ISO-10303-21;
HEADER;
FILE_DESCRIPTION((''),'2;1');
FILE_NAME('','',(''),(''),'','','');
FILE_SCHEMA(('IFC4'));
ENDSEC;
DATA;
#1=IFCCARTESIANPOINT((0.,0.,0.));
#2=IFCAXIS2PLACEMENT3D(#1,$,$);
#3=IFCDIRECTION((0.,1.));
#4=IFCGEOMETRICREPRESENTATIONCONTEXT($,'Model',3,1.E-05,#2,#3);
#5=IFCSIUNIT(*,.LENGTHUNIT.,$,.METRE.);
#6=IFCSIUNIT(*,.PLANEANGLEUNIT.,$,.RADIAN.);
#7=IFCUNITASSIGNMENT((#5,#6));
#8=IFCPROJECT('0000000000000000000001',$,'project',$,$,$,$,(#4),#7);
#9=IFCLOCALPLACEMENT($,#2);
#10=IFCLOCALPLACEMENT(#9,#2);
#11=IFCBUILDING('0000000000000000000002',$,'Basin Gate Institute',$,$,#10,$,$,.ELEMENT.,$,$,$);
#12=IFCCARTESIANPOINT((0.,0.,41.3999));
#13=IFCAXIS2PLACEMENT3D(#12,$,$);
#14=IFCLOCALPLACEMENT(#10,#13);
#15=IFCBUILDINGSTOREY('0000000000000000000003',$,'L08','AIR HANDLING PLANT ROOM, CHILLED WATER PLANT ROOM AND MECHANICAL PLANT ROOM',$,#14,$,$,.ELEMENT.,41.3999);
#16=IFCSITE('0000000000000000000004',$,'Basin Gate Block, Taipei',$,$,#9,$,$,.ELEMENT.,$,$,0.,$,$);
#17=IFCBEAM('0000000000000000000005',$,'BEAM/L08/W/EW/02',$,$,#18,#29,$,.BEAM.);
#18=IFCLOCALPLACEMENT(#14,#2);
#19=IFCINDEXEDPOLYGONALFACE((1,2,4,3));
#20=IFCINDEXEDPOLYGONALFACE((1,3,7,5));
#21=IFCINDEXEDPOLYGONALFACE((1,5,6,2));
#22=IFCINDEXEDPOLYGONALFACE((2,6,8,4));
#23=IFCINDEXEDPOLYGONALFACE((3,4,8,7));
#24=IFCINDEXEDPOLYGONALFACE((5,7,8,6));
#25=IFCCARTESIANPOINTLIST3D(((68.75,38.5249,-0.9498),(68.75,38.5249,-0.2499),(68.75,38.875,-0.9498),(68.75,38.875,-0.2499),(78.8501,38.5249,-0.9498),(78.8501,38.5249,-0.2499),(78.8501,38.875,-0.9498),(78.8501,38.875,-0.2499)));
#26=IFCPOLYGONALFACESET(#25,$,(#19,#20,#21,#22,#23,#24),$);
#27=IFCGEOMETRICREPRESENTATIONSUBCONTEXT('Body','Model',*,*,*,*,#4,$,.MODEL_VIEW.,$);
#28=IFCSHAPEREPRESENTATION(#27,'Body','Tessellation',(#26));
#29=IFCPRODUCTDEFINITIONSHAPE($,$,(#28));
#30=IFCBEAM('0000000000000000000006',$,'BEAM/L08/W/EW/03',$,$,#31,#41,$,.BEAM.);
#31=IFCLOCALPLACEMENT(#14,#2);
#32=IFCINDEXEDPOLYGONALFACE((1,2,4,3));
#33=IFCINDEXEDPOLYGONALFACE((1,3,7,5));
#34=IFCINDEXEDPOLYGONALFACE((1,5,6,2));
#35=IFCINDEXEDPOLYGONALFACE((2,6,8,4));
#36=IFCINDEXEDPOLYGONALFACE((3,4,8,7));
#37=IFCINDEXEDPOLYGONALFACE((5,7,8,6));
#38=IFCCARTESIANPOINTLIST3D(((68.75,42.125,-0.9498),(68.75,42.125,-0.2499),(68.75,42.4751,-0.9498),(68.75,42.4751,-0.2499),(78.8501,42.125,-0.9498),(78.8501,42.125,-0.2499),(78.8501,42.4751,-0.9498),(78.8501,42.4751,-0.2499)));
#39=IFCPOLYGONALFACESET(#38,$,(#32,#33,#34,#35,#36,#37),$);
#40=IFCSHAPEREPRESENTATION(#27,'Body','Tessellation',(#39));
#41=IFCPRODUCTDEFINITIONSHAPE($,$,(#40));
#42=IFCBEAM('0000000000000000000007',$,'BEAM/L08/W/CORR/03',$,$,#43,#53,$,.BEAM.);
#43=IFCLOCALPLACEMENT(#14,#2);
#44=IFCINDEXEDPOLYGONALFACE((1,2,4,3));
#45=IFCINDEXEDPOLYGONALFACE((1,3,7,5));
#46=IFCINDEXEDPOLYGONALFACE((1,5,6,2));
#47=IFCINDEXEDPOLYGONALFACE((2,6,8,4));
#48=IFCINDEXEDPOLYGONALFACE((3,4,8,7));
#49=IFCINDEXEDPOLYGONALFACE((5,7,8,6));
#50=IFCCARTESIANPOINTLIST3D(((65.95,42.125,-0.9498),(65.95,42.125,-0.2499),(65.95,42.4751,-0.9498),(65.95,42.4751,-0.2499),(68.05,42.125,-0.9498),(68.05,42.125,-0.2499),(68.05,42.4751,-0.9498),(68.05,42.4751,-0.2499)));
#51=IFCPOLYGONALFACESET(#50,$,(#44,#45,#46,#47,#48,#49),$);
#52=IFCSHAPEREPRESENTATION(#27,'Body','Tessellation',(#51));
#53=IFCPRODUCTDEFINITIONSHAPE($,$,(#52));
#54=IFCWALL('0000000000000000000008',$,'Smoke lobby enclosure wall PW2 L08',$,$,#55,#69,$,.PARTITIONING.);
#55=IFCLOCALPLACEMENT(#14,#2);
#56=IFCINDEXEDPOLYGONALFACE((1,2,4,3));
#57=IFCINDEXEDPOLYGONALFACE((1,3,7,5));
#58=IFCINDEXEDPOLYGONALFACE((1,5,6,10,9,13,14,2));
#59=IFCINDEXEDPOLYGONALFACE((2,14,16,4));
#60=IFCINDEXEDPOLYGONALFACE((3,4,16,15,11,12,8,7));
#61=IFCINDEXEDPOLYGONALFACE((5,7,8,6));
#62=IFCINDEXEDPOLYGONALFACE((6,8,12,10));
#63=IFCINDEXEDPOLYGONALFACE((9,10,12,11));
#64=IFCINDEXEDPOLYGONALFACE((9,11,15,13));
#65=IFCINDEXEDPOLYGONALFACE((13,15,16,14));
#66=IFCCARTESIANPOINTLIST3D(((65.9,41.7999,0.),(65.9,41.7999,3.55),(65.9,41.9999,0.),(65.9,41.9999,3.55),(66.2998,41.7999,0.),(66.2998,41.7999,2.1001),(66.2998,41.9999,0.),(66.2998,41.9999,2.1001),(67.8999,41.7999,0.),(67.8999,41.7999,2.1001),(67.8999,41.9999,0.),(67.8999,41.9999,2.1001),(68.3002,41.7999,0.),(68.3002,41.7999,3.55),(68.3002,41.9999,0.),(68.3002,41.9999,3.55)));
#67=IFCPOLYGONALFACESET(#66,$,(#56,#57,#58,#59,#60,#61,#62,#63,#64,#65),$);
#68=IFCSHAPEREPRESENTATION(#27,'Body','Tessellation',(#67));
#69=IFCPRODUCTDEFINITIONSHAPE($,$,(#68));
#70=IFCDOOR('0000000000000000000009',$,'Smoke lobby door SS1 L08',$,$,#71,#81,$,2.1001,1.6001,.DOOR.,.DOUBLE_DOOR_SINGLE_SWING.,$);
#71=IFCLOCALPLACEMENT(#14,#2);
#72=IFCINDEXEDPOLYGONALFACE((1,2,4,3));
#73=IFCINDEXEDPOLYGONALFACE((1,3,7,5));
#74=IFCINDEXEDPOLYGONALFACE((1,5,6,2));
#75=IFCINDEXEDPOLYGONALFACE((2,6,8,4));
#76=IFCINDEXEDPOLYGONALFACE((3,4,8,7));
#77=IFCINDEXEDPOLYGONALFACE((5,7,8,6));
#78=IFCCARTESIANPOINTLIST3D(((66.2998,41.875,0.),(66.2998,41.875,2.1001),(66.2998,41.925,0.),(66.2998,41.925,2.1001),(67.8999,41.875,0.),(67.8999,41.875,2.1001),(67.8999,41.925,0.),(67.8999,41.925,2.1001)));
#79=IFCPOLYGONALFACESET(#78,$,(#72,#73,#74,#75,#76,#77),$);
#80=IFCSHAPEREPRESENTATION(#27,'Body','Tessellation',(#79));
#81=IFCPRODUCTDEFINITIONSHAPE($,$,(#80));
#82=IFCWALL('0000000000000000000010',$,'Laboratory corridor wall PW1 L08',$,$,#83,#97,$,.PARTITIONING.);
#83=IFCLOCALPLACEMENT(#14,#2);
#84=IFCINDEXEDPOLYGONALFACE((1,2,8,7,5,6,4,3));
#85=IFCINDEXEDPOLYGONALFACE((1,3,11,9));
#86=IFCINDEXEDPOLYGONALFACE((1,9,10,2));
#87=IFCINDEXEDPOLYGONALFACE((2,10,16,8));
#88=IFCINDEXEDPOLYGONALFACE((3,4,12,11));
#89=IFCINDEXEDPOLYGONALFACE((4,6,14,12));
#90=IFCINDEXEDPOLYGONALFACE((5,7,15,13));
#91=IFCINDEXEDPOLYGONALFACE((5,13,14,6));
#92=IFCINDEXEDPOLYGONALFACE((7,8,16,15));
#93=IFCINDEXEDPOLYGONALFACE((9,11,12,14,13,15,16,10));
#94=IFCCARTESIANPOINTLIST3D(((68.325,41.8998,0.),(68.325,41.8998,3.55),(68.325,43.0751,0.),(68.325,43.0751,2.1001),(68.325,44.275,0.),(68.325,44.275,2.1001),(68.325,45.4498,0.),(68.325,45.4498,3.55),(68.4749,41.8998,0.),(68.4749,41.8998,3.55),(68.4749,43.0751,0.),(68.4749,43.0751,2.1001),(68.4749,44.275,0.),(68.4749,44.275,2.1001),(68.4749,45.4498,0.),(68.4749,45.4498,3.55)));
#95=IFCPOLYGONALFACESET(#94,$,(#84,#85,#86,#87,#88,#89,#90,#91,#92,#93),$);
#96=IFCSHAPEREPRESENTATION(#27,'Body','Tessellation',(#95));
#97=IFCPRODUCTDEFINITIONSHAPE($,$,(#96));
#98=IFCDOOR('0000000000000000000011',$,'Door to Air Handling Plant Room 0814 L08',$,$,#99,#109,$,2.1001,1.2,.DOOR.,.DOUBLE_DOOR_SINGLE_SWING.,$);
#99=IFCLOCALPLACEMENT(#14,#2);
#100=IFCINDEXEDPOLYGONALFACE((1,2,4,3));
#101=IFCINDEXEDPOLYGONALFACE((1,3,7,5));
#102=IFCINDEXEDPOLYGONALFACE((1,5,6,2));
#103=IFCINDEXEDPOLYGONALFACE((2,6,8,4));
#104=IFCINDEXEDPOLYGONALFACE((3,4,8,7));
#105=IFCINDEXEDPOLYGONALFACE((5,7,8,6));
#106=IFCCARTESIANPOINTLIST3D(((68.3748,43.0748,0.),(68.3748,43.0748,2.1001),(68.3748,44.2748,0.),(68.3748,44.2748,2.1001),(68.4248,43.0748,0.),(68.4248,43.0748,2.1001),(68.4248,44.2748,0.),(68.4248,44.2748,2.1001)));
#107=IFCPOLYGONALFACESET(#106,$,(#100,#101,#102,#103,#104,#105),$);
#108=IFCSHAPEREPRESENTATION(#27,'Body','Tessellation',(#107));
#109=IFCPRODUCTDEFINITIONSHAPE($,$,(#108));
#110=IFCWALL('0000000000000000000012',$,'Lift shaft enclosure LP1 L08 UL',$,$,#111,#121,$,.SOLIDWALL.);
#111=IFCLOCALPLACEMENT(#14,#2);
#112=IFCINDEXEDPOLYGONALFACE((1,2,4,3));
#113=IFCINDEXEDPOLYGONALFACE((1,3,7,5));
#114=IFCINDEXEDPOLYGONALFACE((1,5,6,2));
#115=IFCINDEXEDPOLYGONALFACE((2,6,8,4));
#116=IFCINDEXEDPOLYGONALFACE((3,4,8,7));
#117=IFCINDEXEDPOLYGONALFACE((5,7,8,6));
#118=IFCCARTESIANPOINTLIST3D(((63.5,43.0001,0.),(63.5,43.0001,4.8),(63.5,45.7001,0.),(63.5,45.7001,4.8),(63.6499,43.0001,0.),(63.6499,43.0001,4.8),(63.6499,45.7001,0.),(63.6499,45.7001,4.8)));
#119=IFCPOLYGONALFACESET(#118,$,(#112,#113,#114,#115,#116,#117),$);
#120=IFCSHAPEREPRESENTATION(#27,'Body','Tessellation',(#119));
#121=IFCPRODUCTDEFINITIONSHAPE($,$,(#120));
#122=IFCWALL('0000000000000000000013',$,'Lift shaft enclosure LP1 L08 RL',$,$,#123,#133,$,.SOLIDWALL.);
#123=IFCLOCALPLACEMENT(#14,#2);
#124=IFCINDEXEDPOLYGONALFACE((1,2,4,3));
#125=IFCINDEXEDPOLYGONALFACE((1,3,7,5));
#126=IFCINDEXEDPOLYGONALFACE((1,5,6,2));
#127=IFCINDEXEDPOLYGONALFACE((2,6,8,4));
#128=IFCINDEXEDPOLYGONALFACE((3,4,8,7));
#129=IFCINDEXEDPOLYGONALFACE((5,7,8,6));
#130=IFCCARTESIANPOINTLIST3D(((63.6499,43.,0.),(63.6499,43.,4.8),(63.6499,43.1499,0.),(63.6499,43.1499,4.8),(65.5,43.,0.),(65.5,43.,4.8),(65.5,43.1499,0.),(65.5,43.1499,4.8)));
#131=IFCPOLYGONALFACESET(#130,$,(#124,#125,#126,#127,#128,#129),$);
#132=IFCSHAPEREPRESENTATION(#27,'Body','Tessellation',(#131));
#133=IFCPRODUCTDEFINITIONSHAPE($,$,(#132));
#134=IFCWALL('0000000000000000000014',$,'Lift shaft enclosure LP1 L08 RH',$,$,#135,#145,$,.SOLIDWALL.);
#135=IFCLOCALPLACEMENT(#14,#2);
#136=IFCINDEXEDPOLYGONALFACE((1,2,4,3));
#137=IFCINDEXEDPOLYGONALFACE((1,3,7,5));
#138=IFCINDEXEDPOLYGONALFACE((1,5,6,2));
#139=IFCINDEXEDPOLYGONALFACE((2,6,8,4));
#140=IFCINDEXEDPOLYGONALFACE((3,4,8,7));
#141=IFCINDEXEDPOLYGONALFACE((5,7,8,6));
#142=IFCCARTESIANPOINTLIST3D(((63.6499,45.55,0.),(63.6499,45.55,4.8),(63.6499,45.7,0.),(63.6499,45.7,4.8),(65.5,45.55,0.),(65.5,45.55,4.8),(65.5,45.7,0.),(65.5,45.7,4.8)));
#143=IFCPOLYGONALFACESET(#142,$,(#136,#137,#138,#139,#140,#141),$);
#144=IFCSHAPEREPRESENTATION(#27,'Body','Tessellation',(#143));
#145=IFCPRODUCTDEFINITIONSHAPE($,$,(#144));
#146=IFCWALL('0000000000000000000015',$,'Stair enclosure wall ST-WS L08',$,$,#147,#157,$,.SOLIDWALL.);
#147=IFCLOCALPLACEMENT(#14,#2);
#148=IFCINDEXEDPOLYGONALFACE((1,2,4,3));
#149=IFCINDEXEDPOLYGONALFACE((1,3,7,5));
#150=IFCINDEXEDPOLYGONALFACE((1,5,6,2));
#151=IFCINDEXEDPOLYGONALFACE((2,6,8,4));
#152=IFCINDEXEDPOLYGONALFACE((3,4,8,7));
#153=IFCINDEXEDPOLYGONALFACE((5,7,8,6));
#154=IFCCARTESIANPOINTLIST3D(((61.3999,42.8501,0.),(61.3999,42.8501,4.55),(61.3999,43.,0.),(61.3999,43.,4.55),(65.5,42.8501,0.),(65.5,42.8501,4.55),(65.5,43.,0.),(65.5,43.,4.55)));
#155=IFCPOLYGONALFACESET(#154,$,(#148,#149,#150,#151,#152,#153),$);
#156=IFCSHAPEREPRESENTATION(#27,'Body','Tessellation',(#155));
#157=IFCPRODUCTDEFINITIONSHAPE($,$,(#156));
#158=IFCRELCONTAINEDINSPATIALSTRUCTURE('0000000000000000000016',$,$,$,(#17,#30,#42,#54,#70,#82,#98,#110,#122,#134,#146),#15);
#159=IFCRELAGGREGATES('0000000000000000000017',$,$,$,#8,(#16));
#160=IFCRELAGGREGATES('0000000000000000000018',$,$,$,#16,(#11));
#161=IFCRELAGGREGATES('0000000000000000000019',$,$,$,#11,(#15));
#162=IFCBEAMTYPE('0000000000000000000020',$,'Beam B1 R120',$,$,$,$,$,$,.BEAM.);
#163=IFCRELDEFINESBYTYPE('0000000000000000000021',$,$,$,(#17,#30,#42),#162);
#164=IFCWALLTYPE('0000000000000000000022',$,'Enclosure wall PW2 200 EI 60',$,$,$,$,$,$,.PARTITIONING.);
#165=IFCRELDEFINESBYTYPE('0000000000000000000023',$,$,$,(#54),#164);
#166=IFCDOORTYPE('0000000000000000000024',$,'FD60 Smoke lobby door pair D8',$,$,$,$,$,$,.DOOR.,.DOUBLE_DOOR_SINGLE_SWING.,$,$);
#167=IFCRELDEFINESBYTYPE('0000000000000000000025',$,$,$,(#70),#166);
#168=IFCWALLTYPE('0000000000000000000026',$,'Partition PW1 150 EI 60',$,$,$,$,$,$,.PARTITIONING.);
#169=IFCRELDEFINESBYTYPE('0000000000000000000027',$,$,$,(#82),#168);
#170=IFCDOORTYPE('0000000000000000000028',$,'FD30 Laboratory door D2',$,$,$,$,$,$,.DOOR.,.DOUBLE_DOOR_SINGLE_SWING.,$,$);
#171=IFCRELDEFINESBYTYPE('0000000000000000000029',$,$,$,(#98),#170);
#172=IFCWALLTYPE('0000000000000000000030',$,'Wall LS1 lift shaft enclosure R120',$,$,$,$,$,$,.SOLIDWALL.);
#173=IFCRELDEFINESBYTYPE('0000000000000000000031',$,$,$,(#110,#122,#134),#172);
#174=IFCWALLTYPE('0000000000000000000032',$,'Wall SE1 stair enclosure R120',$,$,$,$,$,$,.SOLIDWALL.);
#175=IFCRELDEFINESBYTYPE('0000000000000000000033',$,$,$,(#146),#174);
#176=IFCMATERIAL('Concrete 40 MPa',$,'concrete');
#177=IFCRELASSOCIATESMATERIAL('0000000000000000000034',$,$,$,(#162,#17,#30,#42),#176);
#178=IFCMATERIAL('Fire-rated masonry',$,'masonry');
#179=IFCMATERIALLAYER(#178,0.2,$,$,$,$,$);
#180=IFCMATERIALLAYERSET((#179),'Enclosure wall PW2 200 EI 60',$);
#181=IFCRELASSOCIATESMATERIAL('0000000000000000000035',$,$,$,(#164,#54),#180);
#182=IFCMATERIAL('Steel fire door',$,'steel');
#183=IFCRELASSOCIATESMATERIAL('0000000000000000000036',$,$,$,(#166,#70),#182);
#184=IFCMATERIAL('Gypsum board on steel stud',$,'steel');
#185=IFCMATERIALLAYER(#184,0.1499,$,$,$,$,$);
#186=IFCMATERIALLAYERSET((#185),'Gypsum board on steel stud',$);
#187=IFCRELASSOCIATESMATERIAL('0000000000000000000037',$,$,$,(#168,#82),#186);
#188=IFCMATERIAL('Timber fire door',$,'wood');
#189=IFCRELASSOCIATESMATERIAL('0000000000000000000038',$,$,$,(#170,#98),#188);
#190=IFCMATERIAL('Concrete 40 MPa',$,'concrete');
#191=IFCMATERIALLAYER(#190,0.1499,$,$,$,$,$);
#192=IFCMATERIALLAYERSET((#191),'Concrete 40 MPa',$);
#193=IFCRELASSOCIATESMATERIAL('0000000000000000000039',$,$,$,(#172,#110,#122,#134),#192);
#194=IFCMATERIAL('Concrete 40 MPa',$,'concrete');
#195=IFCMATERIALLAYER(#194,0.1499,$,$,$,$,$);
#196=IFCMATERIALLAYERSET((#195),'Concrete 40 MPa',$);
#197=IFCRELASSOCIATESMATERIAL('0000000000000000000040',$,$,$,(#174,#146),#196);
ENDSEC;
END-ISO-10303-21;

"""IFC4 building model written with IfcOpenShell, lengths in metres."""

from ifc_helpers import new_model, si_unit, direction, frame, frame_2d, origin, origin_2d, place, context, subcontext, project, spatial, rectangle, extrude, material, layer, layer_set, material_profile, profile_set, type_object, element, fill, save


model = new_model("IFC4")

# Units and contexts
model_context = context("Model", 3, precision=1e-05, world=origin(), true_north=direction((0.0, 1.0)))
body_context = subcontext(model_context, "Body", "Model", "MODEL_VIEW")
ifc_project = project(units=[si_unit("LENGTHUNIT", "METRE"), si_unit("PLANEANGLEUNIT", "RADIAN")], contexts=[model_context])

# Site, building, storey
site_placement = place(None, origin())
site = spatial("IfcSite", under=ifc_project, at=site_placement, Name="Basin Gate Block, Taipei", CompositionType="ELEMENT", RefElevation=0.0)
building_placement = place(site_placement, origin())
building = spatial("IfcBuilding", under=site, at=building_placement, Name="Basin Gate Institute", CompositionType="ELEMENT")
storey_placement = place(building_placement, frame((0.0, 0.0, 41.3999)))
storey = spatial("IfcBuildingStorey", under=building, at=storey_placement, Name="L08", Description="AIR HANDLING PLANT ROOM, CHILLED WATER PLANT ROOM AND MECHANICAL PLANT ROOM", CompositionType="ELEMENT", Elevation=41.3999)

# Beams
ifc_material_1 = material(Name="Concrete 40 MPa", Category="concrete")
ifc_material_profile = material_profile(ifc_material_1, rectangle(XDim=0.3501, YDim=0.7, at=origin_2d()), Name="Beam B1 350 x 700")
ifc_profile_set = profile_set([ifc_material_profile], Name="Concrete 40 MPa")
beam_type = type_object("IfcBeamType", Name="Beam B1 R120", PredefinedType="BEAM", material=ifc_profile_set)
for number, where, z_axis, x_axis, name in (
    (1, (68.75, 38.7, -0.5999), (1.0, 0.0, 0.0), (0.0, 1.0, 0.0), "BEAM/L08/W/EW/02"),
    (2, (68.75, 42.3, -0.5999), (1.0, 0.0, 0.0), (0.0, 1.0, 0.0), "BEAM/L08/W/EW/03"),
):
    element("IfcBeam", number, at=place(storey_placement, frame(where, z_axis=z_axis, x_axis=x_axis)), inside=storey, type_object=beam_type, material=ifc_profile_set, Name=name, PredefinedType="BEAM", context=body_context, shape_type="SweptSolid", body=[
        extrude(rectangle(XDim=0.3501, YDim=0.7, at=origin_2d()), origin(), (0.0, 0.0, 1.0), 10.1001),
    ])
beam_placement = place(storey_placement, frame((65.95, 42.3, -0.5999), z_axis=(1.0, 0.0, 0.0), x_axis=(0.0, 1.0, 0.0)))
element("IfcBeam", 3, at=beam_placement, inside=storey, type_object=beam_type, material=ifc_profile_set, Name="BEAM/L08/W/CORR/03", PredefinedType="BEAM", context=body_context, shape_type="SweptSolid", body=[
    extrude(rectangle(XDim=0.3501, YDim=0.7, at=origin_2d()), origin(), (0.0, 0.0, 1.0), 2.1001),
])

# Walls, openings, doors
ifc_material_2 = material(Name="Fire-rated masonry", Category="masonry")
ifc_layer_1 = layer(ifc_material_2, 0.2)
ifc_layer_set_1 = layer_set([ifc_layer_1], Name="Enclosure wall PW2 200 EI 60")
wall_type_1 = type_object("IfcWallType", Name="Enclosure wall PW2 200 EI 60", PredefinedType="PARTITIONING", material=ifc_layer_set_1)
wall_1_placement = place(storey_placement, frame((65.8999, 41.8999, 0.0), z_axis=(0.0, 0.0, 1.0), x_axis=(1.0, 0.0, 0.0)))
wall_1 = element("IfcWall", 4, at=wall_1_placement, inside=storey, type_object=wall_type_1, material=ifc_layer_set_1, Name="Smoke lobby enclosure wall PW2 L08", PredefinedType="PARTITIONING", context=body_context, shape_type="SweptSolid", body=[
    extrude(rectangle(XDim=2.4001, YDim=0.2, at=frame_2d((1.2002, 0.0))), origin(), (0.0, 0.0, 1.0), 3.55),
])
opening_1_placement = place(wall_1_placement, frame((0.3999, 0.0, 0.0)))
opening_1 = element("IfcOpeningElement", 5, at=opening_1_placement, cuts=wall_1, PredefinedType="OPENING", context=body_context, shape_type="SweptSolid", body=[
    extrude(rectangle(XDim=1.6001, YDim=2.1001, at=frame_2d((0.8, 1.05))), frame((0.0, 0.1099, 0.0), z_axis=(0.0, -1.0, 0.0), x_axis=(1.0, 0.0, 0.0)), (0.0, 0.0, 1.0), 0.22),
])
ifc_material_3 = material(Name="Steel fire door", Category="steel")
door_type_1 = type_object("IfcDoorType", Name="FD60 Smoke lobby door pair D8", OperationType="DOUBLE_DOOR_SINGLE_SWING", PredefinedType="DOOR", material=ifc_material_3)
door_1_placement = place(opening_1_placement, frame((1.6001, 0.0, 0.0), z_axis=(0.0, 0.0, 1.0), x_axis=(-1.0, 0.0, 0.0)))
door_1 = element("IfcDoor", 6, at=door_1_placement, inside=storey, type_object=door_type_1, material=ifc_material_3, Name="Smoke lobby door SS1 L08", OperationType="DOUBLE_DOOR_SINGLE_SWING", OverallHeight=2.1001, OverallWidth=1.6001, PredefinedType="DOOR", context=body_context, shape_type="SweptSolid", body=[
    extrude(rectangle(XDim=1.6001, YDim=2.1001, at=frame_2d((0.8, 1.05))), frame((0.0, 0.0249, 0.0), z_axis=(0.0, -1.0, 0.0), x_axis=(1.0, 0.0, 0.0)), (0.0, 0.0, 1.0), 0.05),
])
fill(opening_1, door_1)
ifc_material_4 = material(Name="Gypsum board on steel stud", Category="steel")
ifc_layer_2 = layer(ifc_material_4, 0.1499)
ifc_layer_set_2 = layer_set([ifc_layer_2], Name="Gypsum board on steel stud")
wall_type_2 = type_object("IfcWallType", Name="Partition PW1 150 EI 60", PredefinedType="PARTITIONING", material=ifc_layer_set_2)
wall_2_placement = place(storey_placement, frame((68.3999, 41.8999, 0.0), z_axis=(0.0, 0.0, 1.0), x_axis=(0.0, 1.0, 0.0)))
wall_2 = element("IfcWall", 7, at=wall_2_placement, inside=storey, type_object=wall_type_2, material=ifc_layer_set_2, Name="Laboratory corridor wall PW1 L08", PredefinedType="PARTITIONING", context=body_context, shape_type="SweptSolid", body=[
    extrude(rectangle(XDim=3.55, YDim=0.1499, at=frame_2d((1.7749, 0.0))), origin(), (0.0, 0.0, 1.0), 3.55),
])
opening_2_placement = place(wall_2_placement, frame((1.175, 0.0, 0.0)))
opening_2 = element("IfcOpeningElement", 8, at=opening_2_placement, cuts=wall_2, PredefinedType="OPENING", context=body_context, shape_type="SweptSolid", body=[
    extrude(rectangle(XDim=1.2, YDim=2.1001, at=frame_2d((0.6001, 1.05))), frame((0.0, 0.085, 0.0), z_axis=(0.0, -1.0, 0.0), x_axis=(1.0, 0.0, 0.0)), (0.0, 0.0, 1.0), 0.1699),
])
ifc_material_5 = material(Name="Timber fire door", Category="wood")
door_type_2 = type_object("IfcDoorType", Name="FD30 Laboratory door D2", OperationType="DOUBLE_DOOR_SINGLE_SWING", PredefinedType="DOOR", material=ifc_material_5)
door_2_placement = place(opening_2_placement, frame((1.2, 0.0, 0.0), z_axis=(0.0, 0.0, 1.0), x_axis=(-1.0, 0.0, 0.0)))
door_2 = element("IfcDoor", 9, at=door_2_placement, inside=storey, type_object=door_type_2, material=ifc_material_5, Name="Door to Air Handling Plant Room 0814 L08", OperationType="DOUBLE_DOOR_SINGLE_SWING", OverallHeight=2.1001, OverallWidth=1.2, PredefinedType="DOOR", context=body_context, shape_type="SweptSolid", body=[
    extrude(rectangle(XDim=1.2, YDim=2.1001, at=frame_2d((0.6001, 1.05))), frame((0.0, 0.0249, 0.0), z_axis=(0.0, -1.0, 0.0), x_axis=(1.0, 0.0, 0.0)), (0.0, 0.0, 1.0), 0.05),
])
fill(opening_2, door_2)

# Walls
ifc_material_6 = material(Name="Concrete 40 MPa", Category="concrete")
ifc_layer_3 = layer(ifc_material_6, 0.1499)
ifc_layer_set_3 = layer_set([ifc_layer_3], Name="Concrete 40 MPa")
wall_type_3 = type_object("IfcWallType", Name="Wall LS1 lift shaft enclosure R120", PredefinedType="SOLIDWALL", material=ifc_layer_set_3)
wall_3_placement = place(storey_placement, frame((63.575, 43.0, 0.0), z_axis=(0.0, 0.0, 1.0), x_axis=(0.0, 1.0, 0.0)))
element("IfcWall", 10, at=wall_3_placement, inside=storey, type_object=wall_type_3, material=ifc_layer_set_3, Name="Lift shaft enclosure LP1 L08 UL", PredefinedType="SOLIDWALL", context=body_context, shape_type="SweptSolid", body=[
    extrude(rectangle(XDim=2.7, YDim=0.1499, at=frame_2d((1.3501, 0.0))), origin(), (0.0, 0.0, 1.0), 4.8),
])
for number, where, z_axis, x_axis, name in (
    (11, (63.6499, 43.075, 0.0), (0.0, 0.0, 1.0), (1.0, 0.0, 0.0), "Lift shaft enclosure LP1 L08 RL"),
    (12, (63.6499, 45.625, 0.0), (0.0, 0.0, 1.0), (1.0, 0.0, 0.0), "Lift shaft enclosure LP1 L08 RH"),
):
    element("IfcWall", number, at=place(storey_placement, frame(where, z_axis=z_axis, x_axis=x_axis)), inside=storey, type_object=wall_type_3, material=ifc_layer_set_3, Name=name, PredefinedType="SOLIDWALL", context=body_context, shape_type="SweptSolid", body=[
        extrude(rectangle(XDim=1.8501, YDim=0.1499, at=frame_2d((0.925, 0.0))), origin(), (0.0, 0.0, 1.0), 4.8),
    ])
ifc_material_7 = material(Name="Concrete 40 MPa", Category="concrete")
ifc_layer_4 = layer(ifc_material_7, 0.1499)
ifc_layer_set_4 = layer_set([ifc_layer_4], Name="Concrete 40 MPa")
wall_type_4 = type_object("IfcWallType", Name="Wall SE1 stair enclosure R120", PredefinedType="SOLIDWALL", material=ifc_layer_set_4)
wall_4_placement = place(storey_placement, frame((61.3999, 42.925, 0.0), z_axis=(0.0, 0.0, 1.0), x_axis=(1.0, 0.0, 0.0)))
element("IfcWall", 13, at=wall_4_placement, inside=storey, type_object=wall_type_4, material=ifc_layer_set_4, Name="Stair enclosure wall ST-WS L08", PredefinedType="SOLIDWALL", context=body_context, shape_type="SweptSolid", body=[
    extrude(rectangle(XDim=4.1001, YDim=0.1499, at=frame_2d((2.05, 0.0))), origin(), (0.0, 0.0, 1.0), 4.55),
])

save(model, "model.ifc")
